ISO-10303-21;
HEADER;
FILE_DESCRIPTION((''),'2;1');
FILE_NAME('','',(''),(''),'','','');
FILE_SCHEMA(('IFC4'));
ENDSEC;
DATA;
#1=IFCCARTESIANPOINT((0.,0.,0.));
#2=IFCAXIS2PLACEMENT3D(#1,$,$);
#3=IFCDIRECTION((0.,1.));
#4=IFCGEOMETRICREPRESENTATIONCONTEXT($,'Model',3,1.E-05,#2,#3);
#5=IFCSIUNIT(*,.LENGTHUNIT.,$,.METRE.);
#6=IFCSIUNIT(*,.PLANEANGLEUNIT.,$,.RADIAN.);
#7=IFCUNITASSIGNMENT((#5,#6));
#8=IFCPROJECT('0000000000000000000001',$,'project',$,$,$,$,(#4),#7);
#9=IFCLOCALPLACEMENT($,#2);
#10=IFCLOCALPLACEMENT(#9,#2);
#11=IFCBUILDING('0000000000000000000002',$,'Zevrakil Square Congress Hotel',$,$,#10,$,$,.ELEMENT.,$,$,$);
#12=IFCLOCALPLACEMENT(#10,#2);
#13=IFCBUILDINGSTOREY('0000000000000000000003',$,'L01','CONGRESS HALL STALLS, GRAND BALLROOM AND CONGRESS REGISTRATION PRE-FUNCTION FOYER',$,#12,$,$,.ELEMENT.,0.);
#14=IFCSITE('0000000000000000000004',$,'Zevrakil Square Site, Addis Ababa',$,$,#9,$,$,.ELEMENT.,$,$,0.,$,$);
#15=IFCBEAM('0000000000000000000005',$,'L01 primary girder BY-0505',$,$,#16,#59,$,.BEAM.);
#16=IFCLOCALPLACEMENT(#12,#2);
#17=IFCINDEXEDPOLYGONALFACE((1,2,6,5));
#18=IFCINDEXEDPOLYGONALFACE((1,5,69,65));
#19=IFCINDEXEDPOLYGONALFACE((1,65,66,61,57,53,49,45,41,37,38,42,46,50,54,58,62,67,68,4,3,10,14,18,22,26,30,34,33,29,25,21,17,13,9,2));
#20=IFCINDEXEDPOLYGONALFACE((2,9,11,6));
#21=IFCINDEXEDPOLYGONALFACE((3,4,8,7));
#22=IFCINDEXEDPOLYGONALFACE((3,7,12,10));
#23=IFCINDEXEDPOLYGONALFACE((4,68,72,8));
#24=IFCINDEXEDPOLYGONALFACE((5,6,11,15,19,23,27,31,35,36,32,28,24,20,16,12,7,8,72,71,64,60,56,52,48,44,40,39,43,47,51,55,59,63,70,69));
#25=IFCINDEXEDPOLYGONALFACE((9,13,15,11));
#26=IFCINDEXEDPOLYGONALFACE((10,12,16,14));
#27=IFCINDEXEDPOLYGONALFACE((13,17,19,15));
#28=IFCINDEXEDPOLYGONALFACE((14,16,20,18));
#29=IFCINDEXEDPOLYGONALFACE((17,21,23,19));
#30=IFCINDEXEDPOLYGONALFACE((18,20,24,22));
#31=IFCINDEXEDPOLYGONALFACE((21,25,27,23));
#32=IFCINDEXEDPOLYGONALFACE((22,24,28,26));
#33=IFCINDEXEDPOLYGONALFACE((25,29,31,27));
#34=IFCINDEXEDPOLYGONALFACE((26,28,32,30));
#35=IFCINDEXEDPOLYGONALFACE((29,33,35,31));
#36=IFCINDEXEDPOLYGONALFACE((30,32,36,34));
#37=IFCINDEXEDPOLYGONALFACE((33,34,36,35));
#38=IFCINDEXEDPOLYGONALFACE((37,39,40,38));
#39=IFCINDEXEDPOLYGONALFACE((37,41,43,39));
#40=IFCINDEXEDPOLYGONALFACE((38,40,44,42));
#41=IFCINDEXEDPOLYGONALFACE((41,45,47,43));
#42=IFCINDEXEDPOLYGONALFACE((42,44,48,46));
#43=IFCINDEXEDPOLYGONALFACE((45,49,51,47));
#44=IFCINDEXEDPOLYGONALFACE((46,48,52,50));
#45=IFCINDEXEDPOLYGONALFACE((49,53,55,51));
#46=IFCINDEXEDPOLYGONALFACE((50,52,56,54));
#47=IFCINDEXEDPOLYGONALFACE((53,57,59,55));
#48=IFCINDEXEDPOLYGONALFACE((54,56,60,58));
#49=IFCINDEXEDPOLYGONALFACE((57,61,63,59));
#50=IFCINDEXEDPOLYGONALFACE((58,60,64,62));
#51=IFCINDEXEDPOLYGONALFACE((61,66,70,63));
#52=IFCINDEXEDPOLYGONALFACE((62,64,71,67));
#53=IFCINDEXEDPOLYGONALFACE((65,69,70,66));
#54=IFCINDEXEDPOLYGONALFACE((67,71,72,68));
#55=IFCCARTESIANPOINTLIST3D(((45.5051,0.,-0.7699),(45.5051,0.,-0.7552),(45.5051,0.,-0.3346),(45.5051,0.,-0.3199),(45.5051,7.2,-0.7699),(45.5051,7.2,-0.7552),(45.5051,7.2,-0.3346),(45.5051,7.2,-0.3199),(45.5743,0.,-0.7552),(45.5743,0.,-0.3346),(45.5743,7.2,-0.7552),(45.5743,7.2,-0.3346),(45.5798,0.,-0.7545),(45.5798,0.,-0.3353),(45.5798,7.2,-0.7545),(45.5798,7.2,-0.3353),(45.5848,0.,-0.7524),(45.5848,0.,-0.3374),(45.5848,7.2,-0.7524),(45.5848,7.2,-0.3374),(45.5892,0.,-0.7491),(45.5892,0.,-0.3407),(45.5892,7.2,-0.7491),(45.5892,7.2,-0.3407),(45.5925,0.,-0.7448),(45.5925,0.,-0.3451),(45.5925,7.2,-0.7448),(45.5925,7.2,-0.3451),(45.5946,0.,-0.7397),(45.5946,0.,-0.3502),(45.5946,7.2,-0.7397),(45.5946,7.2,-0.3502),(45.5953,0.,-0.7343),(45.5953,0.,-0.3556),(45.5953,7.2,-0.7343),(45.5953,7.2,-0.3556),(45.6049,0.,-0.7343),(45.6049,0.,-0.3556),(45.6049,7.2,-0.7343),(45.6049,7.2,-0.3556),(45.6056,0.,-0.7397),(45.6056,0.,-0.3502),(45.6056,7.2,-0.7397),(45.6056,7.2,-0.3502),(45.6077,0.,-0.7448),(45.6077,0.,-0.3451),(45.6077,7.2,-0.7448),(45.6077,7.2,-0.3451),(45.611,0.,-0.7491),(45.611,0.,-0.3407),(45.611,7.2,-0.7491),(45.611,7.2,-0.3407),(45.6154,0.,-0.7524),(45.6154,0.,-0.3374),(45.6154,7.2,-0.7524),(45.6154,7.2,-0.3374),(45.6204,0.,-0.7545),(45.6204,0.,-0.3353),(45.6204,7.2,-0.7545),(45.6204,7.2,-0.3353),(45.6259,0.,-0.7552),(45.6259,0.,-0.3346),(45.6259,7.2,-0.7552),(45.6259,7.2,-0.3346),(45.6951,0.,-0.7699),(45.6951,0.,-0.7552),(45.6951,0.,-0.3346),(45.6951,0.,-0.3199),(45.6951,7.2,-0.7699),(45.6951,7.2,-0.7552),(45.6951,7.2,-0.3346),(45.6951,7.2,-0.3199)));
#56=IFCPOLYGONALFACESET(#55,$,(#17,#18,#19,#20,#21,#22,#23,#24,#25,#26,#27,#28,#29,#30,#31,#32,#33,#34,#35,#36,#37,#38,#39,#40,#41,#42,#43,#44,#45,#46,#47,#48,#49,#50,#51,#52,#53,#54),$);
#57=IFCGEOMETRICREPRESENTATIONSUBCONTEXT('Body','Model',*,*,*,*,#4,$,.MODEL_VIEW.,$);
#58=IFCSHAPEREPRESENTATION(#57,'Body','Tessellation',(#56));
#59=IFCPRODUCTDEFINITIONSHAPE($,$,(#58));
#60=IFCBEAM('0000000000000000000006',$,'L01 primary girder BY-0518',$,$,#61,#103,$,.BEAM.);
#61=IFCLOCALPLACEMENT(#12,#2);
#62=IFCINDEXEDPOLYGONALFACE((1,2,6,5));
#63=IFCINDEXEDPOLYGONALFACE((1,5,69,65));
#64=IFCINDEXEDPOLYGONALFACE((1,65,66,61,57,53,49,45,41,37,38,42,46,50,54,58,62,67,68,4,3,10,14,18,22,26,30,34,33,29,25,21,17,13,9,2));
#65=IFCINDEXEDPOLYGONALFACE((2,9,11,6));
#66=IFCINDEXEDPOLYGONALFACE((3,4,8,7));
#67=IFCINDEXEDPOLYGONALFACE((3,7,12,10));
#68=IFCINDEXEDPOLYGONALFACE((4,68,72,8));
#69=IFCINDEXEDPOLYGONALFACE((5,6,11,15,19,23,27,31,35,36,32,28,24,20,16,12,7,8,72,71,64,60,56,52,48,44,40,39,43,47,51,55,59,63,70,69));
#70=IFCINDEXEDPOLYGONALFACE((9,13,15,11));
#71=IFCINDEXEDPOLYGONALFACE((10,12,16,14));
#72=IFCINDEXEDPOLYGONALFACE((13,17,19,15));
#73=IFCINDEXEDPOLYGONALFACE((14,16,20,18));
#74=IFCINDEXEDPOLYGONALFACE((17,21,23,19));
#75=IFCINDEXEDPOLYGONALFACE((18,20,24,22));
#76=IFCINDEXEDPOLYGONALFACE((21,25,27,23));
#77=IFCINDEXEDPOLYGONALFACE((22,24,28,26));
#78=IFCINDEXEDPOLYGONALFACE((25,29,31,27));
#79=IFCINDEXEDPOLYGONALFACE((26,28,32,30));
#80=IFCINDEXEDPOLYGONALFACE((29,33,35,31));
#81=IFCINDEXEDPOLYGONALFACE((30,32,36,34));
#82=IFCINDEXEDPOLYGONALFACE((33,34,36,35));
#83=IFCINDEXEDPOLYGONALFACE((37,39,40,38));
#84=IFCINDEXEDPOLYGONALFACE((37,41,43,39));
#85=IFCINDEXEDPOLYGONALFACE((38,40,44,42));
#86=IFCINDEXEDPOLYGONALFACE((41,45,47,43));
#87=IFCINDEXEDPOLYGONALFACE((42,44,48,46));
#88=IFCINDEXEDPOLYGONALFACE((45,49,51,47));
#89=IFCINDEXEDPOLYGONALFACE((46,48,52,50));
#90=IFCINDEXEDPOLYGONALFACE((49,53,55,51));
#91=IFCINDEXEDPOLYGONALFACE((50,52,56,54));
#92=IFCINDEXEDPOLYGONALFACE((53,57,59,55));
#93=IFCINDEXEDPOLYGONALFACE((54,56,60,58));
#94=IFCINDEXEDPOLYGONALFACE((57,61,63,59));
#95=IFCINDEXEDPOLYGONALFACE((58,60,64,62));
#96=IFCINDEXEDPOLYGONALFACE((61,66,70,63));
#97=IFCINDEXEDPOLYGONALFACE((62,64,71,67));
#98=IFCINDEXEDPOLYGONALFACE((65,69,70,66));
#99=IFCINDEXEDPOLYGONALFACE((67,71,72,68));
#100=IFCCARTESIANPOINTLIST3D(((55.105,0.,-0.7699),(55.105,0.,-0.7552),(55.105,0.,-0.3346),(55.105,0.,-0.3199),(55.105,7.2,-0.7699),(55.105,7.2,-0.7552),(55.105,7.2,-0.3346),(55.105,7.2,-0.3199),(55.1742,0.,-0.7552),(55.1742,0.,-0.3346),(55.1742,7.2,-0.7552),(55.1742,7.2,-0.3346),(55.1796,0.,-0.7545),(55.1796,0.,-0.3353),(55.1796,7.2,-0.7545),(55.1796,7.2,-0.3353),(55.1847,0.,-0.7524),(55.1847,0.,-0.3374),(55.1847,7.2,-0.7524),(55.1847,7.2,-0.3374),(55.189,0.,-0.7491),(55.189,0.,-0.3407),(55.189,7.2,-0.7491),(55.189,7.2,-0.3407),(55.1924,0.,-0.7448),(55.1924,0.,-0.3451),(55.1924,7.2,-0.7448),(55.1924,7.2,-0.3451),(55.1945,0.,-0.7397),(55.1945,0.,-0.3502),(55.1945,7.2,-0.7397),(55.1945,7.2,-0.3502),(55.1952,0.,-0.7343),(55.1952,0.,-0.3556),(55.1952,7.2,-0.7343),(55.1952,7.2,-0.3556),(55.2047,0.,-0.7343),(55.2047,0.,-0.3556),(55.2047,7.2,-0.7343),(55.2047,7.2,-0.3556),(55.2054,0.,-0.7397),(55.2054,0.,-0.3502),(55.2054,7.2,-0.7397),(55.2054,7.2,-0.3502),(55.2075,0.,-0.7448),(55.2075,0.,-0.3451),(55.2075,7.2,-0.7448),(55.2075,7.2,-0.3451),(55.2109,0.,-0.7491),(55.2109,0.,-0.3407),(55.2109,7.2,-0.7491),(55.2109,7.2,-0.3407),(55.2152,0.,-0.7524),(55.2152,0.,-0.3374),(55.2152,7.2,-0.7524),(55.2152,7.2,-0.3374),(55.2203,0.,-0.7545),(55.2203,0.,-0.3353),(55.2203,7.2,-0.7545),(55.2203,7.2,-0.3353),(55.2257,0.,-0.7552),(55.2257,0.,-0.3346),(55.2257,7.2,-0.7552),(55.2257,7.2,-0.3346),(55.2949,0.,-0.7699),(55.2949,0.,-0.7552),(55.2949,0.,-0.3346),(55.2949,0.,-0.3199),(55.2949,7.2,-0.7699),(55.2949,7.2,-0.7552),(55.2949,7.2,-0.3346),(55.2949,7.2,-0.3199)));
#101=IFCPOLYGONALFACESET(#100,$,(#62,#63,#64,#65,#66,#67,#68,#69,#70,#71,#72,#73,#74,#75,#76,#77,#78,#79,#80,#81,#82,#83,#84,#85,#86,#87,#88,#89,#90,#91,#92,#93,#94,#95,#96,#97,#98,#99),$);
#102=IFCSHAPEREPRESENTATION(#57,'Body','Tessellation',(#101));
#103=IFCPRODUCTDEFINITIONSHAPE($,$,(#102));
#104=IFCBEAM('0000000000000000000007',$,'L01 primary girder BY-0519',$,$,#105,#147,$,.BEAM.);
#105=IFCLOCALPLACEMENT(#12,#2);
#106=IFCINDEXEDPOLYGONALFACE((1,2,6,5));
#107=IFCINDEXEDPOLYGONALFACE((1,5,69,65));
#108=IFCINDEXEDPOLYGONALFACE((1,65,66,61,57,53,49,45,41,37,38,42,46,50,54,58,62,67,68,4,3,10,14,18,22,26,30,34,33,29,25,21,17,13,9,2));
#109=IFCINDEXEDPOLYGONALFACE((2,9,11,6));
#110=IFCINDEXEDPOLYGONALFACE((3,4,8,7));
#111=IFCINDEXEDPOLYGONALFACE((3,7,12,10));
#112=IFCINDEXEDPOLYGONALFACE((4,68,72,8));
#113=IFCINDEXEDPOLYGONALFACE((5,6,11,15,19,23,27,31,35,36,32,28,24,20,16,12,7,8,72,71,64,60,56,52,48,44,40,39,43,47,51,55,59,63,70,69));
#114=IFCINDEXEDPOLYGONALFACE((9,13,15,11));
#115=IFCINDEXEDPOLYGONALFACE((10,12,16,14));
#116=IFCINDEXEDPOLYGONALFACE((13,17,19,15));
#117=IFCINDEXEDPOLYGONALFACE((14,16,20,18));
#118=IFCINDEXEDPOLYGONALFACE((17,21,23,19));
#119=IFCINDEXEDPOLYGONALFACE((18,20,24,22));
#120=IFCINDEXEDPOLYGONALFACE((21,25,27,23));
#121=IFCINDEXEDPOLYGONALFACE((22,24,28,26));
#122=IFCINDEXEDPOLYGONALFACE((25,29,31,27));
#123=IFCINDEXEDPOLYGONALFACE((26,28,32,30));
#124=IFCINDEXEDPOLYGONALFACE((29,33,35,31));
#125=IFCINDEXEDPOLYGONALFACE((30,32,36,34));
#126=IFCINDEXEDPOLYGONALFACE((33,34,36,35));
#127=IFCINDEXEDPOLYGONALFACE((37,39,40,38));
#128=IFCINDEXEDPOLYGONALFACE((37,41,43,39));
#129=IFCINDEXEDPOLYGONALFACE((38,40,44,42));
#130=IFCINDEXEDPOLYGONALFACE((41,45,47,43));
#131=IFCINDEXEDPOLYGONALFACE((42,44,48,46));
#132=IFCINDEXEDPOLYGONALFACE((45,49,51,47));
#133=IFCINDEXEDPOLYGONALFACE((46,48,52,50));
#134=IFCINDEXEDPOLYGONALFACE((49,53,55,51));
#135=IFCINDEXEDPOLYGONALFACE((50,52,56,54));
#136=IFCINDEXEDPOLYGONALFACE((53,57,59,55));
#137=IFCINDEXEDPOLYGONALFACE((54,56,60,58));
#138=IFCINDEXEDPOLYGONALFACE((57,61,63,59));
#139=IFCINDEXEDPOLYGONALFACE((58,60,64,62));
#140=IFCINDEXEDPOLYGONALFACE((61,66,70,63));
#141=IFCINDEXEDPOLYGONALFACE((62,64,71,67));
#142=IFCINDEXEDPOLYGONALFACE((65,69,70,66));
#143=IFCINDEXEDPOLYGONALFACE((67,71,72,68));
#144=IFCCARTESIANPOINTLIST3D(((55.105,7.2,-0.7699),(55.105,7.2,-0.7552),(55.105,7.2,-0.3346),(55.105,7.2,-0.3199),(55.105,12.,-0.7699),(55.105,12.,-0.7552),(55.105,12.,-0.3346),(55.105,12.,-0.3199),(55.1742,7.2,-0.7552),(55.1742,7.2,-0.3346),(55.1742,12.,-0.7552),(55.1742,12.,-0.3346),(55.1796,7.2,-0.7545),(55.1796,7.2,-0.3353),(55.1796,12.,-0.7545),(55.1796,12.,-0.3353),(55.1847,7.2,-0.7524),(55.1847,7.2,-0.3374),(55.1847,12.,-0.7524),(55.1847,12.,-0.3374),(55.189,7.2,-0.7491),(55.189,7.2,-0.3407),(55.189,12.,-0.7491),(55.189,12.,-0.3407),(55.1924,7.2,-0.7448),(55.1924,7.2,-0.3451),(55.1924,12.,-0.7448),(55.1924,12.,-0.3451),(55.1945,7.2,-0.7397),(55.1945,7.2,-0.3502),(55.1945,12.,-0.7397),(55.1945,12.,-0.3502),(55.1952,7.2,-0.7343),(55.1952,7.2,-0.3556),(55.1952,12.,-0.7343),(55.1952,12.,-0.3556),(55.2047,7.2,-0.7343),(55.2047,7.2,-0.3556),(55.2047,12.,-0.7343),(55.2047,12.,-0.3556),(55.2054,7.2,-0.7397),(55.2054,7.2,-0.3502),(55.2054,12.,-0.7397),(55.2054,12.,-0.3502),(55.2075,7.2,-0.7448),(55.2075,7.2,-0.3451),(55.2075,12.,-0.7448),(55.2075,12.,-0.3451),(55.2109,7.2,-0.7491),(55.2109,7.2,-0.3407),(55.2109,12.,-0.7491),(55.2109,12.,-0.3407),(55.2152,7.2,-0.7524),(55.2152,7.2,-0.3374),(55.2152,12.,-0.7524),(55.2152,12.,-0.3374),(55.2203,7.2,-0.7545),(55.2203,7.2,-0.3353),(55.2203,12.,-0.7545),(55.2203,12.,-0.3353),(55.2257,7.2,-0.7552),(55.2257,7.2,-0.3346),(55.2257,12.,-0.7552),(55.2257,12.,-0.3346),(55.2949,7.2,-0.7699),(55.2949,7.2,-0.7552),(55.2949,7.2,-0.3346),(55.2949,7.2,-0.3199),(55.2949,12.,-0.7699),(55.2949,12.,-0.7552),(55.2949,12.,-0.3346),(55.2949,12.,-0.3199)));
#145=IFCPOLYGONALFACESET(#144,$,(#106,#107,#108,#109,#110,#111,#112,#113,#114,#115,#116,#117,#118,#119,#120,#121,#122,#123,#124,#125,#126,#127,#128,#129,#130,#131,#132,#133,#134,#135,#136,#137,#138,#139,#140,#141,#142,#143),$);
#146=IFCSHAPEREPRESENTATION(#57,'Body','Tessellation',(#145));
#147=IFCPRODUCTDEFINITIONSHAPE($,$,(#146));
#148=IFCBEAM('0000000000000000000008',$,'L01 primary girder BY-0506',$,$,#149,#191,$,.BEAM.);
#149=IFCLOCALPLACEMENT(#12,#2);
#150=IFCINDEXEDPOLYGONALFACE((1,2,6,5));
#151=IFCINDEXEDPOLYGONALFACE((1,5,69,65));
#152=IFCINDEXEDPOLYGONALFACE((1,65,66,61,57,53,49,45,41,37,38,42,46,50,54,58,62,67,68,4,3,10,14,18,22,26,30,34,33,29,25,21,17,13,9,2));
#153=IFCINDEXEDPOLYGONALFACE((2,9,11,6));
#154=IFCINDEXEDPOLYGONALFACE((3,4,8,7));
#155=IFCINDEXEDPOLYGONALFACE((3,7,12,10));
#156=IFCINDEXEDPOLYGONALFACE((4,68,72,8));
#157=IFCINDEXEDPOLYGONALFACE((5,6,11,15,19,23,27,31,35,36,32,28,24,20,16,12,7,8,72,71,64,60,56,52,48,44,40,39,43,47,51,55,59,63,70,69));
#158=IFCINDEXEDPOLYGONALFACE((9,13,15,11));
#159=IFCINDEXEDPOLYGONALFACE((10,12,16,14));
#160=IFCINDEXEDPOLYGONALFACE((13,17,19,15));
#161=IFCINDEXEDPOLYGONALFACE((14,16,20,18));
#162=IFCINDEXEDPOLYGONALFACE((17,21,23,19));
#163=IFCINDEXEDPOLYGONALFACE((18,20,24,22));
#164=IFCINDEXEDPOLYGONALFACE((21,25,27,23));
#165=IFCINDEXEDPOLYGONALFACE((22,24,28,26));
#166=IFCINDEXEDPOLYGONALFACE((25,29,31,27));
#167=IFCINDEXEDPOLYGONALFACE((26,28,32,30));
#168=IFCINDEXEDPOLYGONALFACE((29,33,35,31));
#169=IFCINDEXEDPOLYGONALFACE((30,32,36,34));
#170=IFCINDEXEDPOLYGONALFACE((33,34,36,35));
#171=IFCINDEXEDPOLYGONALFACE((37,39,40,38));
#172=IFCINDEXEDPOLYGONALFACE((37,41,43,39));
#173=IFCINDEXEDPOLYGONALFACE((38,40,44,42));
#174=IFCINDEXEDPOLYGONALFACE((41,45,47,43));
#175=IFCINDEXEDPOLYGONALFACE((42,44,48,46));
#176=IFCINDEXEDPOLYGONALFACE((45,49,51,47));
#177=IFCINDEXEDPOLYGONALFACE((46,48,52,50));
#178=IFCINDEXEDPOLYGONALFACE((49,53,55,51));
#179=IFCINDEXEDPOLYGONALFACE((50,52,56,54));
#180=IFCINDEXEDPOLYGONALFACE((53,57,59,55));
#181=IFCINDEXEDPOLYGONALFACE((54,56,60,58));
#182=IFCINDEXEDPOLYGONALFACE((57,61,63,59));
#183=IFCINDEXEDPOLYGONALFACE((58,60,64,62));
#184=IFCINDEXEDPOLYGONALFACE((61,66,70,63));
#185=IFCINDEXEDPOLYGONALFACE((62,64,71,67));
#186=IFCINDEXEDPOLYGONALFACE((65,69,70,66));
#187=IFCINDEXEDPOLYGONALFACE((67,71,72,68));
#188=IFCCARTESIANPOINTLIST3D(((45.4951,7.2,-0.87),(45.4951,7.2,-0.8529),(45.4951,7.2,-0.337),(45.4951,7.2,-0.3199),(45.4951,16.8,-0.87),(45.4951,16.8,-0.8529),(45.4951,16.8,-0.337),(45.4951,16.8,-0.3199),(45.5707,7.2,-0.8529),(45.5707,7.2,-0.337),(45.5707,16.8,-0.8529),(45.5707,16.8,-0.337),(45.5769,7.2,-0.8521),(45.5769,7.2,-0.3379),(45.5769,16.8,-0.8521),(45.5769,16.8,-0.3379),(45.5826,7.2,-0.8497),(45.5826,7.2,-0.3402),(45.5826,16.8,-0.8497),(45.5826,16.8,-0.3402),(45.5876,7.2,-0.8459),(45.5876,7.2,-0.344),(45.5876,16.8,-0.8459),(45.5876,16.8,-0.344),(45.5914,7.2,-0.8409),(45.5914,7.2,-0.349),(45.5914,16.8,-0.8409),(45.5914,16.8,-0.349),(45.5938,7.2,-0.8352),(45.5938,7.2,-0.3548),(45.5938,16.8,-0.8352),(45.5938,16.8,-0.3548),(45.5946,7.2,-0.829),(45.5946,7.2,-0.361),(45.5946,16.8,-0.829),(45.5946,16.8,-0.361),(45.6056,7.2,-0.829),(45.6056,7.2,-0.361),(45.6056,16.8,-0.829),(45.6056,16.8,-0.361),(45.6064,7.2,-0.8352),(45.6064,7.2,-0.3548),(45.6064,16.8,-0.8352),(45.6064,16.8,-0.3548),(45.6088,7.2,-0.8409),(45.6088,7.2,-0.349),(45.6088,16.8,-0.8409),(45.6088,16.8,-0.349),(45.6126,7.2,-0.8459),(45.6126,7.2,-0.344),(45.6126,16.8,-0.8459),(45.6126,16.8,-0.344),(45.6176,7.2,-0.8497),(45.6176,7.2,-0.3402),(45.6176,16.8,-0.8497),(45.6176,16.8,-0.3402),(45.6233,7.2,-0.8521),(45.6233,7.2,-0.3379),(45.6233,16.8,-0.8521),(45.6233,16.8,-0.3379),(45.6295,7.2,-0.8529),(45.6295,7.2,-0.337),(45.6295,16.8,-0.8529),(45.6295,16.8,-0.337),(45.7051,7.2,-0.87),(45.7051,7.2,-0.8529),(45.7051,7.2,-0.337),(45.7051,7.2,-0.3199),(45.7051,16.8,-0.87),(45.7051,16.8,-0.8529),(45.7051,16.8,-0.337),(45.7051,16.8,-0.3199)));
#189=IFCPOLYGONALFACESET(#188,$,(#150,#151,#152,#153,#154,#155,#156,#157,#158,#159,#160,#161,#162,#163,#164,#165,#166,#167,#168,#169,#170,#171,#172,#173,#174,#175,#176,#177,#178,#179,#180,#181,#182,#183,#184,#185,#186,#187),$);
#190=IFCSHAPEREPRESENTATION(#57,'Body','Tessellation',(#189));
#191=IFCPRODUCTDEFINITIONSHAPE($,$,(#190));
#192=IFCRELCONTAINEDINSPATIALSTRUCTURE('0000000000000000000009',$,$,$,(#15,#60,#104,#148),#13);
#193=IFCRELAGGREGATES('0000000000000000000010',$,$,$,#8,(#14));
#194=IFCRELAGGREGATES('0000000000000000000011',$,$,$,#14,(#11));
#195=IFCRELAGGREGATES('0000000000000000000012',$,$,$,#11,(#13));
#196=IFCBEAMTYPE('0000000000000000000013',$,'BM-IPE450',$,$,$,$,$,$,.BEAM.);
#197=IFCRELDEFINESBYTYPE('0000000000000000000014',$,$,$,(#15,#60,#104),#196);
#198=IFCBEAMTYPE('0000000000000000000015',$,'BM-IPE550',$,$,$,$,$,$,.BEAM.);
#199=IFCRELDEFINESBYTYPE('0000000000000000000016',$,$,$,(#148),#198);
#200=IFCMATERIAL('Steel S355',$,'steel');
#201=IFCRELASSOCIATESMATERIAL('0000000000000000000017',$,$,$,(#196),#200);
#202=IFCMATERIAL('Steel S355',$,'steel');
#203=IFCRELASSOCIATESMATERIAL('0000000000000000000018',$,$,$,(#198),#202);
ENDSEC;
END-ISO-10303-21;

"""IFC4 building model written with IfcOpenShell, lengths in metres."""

from ifc_helpers import new_model, si_unit, direction, frame, origin, origin_2d, place, context, subcontext, project, spatial, i_section, extrude, material, material_profile, profile_set, type_object, element, save


model = new_model("IFC4")

# Units and contexts
model_context = context("Model", 3, precision=1e-05, world=origin(), true_north=direction((0.0, 1.0)))
body_context = subcontext(model_context, "Body", "Model", "MODEL_VIEW")
ifc_project = project(units=[si_unit("LENGTHUNIT", "METRE"), si_unit("PLANEANGLEUNIT", "RADIAN")], contexts=[model_context])

# Site, building, storey
site_placement = place(None, origin())
site = spatial("IfcSite", under=ifc_project, at=site_placement, Name="Zevrakil Square Site, Addis Ababa", CompositionType="ELEMENT", RefElevation=0.0)
building_placement = place(site_placement, origin())
building = spatial("IfcBuilding", under=site, at=building_placement, Name="Zevrakil Square Congress Hotel", CompositionType="ELEMENT")
storey_placement = place(building_placement, origin())
storey = spatial("IfcBuildingStorey", under=building, at=storey_placement, Name="L01", Description="CONGRESS HALL STALLS, GRAND BALLROOM AND CONGRESS REGISTRATION PRE-FUNCTION FOYER", CompositionType="ELEMENT", Elevation=0.0)

# Beams
ifc_material_1 = material(Name="Steel S355", Category="steel")
ifc_material_profile_1 = material_profile(ifc_material_1, i_section(OverallWidth=0.1899, OverallDepth=0.45, WebThickness=0.0095, FlangeThickness=0.0146, FilletRadius=0.021, at=origin_2d()), Name="IPE 450")
ifc_profile_set_1 = profile_set([ifc_material_profile_1], Name="Steel S355")
beam_type_1 = type_object("IfcBeamType", Name="BM-IPE450", PredefinedType="BEAM", material=ifc_profile_set_1)
for number, where, z_axis, x_axis, name in (
    (1, (45.6001, 0.0, -0.5449), (0.0, 1.0, 0.0), (-1.0, 0.0, 0.0), "L01 primary girder BY-0505"),
    (2, (55.2, 0.0, -0.5449), (0.0, 1.0, 0.0), (-1.0, 0.0, 0.0), "L01 primary girder BY-0518"),
):
    element("IfcBeam", number, at=place(storey_placement, frame(where, z_axis=z_axis, x_axis=x_axis)), inside=storey, type_object=beam_type_1, Name=name, PredefinedType="BEAM", context=body_context, shape_type="SweptSolid", body=[
        extrude(i_section(OverallWidth=0.1899, OverallDepth=0.45, WebThickness=0.0095, FlangeThickness=0.0146, FilletRadius=0.021, at=origin_2d()), origin(), (0.0, 0.0, 1.0), 7.2),
    ])
beam_1_placement = place(storey_placement, frame((55.2, 7.2, -0.5449), z_axis=(0.0, 1.0, 0.0), x_axis=(-1.0, 0.0, 0.0)))
element("IfcBeam", 3, at=beam_1_placement, inside=storey, type_object=beam_type_1, Name="L01 primary girder BY-0519", PredefinedType="BEAM", context=body_context, shape_type="SweptSolid", body=[
    extrude(i_section(OverallWidth=0.1899, OverallDepth=0.45, WebThickness=0.0095, FlangeThickness=0.0146, FilletRadius=0.021, at=origin_2d()), origin(), (0.0, 0.0, 1.0), 4.8),
])
ifc_material_2 = material(Name="Steel S355", Category="steel")
ifc_material_profile_2 = material_profile(ifc_material_2, i_section(OverallWidth=0.21, OverallDepth=0.55, WebThickness=0.011, FlangeThickness=0.0171, FilletRadius=0.0239, at=origin_2d()), Name="IPE 550")
ifc_profile_set_2 = profile_set([ifc_material_profile_2], Name="Steel S355")
beam_type_2 = type_object("IfcBeamType", Name="BM-IPE550", PredefinedType="BEAM", material=ifc_profile_set_2)
beam_2_placement = place(storey_placement, frame((45.6001, 7.2, -0.595), z_axis=(0.0, 1.0, 0.0), x_axis=(-1.0, 0.0, 0.0)))
element("IfcBeam", 4, at=beam_2_placement, inside=storey, type_object=beam_type_2, Name="L01 primary girder BY-0506", PredefinedType="BEAM", context=body_context, shape_type="SweptSolid", body=[
    extrude(i_section(OverallWidth=0.21, OverallDepth=0.55, WebThickness=0.011, FlangeThickness=0.0171, FilletRadius=0.0239, at=origin_2d()), origin(), (0.0, 0.0, 1.0), 9.6001),
])

save(model, "model.ifc")
